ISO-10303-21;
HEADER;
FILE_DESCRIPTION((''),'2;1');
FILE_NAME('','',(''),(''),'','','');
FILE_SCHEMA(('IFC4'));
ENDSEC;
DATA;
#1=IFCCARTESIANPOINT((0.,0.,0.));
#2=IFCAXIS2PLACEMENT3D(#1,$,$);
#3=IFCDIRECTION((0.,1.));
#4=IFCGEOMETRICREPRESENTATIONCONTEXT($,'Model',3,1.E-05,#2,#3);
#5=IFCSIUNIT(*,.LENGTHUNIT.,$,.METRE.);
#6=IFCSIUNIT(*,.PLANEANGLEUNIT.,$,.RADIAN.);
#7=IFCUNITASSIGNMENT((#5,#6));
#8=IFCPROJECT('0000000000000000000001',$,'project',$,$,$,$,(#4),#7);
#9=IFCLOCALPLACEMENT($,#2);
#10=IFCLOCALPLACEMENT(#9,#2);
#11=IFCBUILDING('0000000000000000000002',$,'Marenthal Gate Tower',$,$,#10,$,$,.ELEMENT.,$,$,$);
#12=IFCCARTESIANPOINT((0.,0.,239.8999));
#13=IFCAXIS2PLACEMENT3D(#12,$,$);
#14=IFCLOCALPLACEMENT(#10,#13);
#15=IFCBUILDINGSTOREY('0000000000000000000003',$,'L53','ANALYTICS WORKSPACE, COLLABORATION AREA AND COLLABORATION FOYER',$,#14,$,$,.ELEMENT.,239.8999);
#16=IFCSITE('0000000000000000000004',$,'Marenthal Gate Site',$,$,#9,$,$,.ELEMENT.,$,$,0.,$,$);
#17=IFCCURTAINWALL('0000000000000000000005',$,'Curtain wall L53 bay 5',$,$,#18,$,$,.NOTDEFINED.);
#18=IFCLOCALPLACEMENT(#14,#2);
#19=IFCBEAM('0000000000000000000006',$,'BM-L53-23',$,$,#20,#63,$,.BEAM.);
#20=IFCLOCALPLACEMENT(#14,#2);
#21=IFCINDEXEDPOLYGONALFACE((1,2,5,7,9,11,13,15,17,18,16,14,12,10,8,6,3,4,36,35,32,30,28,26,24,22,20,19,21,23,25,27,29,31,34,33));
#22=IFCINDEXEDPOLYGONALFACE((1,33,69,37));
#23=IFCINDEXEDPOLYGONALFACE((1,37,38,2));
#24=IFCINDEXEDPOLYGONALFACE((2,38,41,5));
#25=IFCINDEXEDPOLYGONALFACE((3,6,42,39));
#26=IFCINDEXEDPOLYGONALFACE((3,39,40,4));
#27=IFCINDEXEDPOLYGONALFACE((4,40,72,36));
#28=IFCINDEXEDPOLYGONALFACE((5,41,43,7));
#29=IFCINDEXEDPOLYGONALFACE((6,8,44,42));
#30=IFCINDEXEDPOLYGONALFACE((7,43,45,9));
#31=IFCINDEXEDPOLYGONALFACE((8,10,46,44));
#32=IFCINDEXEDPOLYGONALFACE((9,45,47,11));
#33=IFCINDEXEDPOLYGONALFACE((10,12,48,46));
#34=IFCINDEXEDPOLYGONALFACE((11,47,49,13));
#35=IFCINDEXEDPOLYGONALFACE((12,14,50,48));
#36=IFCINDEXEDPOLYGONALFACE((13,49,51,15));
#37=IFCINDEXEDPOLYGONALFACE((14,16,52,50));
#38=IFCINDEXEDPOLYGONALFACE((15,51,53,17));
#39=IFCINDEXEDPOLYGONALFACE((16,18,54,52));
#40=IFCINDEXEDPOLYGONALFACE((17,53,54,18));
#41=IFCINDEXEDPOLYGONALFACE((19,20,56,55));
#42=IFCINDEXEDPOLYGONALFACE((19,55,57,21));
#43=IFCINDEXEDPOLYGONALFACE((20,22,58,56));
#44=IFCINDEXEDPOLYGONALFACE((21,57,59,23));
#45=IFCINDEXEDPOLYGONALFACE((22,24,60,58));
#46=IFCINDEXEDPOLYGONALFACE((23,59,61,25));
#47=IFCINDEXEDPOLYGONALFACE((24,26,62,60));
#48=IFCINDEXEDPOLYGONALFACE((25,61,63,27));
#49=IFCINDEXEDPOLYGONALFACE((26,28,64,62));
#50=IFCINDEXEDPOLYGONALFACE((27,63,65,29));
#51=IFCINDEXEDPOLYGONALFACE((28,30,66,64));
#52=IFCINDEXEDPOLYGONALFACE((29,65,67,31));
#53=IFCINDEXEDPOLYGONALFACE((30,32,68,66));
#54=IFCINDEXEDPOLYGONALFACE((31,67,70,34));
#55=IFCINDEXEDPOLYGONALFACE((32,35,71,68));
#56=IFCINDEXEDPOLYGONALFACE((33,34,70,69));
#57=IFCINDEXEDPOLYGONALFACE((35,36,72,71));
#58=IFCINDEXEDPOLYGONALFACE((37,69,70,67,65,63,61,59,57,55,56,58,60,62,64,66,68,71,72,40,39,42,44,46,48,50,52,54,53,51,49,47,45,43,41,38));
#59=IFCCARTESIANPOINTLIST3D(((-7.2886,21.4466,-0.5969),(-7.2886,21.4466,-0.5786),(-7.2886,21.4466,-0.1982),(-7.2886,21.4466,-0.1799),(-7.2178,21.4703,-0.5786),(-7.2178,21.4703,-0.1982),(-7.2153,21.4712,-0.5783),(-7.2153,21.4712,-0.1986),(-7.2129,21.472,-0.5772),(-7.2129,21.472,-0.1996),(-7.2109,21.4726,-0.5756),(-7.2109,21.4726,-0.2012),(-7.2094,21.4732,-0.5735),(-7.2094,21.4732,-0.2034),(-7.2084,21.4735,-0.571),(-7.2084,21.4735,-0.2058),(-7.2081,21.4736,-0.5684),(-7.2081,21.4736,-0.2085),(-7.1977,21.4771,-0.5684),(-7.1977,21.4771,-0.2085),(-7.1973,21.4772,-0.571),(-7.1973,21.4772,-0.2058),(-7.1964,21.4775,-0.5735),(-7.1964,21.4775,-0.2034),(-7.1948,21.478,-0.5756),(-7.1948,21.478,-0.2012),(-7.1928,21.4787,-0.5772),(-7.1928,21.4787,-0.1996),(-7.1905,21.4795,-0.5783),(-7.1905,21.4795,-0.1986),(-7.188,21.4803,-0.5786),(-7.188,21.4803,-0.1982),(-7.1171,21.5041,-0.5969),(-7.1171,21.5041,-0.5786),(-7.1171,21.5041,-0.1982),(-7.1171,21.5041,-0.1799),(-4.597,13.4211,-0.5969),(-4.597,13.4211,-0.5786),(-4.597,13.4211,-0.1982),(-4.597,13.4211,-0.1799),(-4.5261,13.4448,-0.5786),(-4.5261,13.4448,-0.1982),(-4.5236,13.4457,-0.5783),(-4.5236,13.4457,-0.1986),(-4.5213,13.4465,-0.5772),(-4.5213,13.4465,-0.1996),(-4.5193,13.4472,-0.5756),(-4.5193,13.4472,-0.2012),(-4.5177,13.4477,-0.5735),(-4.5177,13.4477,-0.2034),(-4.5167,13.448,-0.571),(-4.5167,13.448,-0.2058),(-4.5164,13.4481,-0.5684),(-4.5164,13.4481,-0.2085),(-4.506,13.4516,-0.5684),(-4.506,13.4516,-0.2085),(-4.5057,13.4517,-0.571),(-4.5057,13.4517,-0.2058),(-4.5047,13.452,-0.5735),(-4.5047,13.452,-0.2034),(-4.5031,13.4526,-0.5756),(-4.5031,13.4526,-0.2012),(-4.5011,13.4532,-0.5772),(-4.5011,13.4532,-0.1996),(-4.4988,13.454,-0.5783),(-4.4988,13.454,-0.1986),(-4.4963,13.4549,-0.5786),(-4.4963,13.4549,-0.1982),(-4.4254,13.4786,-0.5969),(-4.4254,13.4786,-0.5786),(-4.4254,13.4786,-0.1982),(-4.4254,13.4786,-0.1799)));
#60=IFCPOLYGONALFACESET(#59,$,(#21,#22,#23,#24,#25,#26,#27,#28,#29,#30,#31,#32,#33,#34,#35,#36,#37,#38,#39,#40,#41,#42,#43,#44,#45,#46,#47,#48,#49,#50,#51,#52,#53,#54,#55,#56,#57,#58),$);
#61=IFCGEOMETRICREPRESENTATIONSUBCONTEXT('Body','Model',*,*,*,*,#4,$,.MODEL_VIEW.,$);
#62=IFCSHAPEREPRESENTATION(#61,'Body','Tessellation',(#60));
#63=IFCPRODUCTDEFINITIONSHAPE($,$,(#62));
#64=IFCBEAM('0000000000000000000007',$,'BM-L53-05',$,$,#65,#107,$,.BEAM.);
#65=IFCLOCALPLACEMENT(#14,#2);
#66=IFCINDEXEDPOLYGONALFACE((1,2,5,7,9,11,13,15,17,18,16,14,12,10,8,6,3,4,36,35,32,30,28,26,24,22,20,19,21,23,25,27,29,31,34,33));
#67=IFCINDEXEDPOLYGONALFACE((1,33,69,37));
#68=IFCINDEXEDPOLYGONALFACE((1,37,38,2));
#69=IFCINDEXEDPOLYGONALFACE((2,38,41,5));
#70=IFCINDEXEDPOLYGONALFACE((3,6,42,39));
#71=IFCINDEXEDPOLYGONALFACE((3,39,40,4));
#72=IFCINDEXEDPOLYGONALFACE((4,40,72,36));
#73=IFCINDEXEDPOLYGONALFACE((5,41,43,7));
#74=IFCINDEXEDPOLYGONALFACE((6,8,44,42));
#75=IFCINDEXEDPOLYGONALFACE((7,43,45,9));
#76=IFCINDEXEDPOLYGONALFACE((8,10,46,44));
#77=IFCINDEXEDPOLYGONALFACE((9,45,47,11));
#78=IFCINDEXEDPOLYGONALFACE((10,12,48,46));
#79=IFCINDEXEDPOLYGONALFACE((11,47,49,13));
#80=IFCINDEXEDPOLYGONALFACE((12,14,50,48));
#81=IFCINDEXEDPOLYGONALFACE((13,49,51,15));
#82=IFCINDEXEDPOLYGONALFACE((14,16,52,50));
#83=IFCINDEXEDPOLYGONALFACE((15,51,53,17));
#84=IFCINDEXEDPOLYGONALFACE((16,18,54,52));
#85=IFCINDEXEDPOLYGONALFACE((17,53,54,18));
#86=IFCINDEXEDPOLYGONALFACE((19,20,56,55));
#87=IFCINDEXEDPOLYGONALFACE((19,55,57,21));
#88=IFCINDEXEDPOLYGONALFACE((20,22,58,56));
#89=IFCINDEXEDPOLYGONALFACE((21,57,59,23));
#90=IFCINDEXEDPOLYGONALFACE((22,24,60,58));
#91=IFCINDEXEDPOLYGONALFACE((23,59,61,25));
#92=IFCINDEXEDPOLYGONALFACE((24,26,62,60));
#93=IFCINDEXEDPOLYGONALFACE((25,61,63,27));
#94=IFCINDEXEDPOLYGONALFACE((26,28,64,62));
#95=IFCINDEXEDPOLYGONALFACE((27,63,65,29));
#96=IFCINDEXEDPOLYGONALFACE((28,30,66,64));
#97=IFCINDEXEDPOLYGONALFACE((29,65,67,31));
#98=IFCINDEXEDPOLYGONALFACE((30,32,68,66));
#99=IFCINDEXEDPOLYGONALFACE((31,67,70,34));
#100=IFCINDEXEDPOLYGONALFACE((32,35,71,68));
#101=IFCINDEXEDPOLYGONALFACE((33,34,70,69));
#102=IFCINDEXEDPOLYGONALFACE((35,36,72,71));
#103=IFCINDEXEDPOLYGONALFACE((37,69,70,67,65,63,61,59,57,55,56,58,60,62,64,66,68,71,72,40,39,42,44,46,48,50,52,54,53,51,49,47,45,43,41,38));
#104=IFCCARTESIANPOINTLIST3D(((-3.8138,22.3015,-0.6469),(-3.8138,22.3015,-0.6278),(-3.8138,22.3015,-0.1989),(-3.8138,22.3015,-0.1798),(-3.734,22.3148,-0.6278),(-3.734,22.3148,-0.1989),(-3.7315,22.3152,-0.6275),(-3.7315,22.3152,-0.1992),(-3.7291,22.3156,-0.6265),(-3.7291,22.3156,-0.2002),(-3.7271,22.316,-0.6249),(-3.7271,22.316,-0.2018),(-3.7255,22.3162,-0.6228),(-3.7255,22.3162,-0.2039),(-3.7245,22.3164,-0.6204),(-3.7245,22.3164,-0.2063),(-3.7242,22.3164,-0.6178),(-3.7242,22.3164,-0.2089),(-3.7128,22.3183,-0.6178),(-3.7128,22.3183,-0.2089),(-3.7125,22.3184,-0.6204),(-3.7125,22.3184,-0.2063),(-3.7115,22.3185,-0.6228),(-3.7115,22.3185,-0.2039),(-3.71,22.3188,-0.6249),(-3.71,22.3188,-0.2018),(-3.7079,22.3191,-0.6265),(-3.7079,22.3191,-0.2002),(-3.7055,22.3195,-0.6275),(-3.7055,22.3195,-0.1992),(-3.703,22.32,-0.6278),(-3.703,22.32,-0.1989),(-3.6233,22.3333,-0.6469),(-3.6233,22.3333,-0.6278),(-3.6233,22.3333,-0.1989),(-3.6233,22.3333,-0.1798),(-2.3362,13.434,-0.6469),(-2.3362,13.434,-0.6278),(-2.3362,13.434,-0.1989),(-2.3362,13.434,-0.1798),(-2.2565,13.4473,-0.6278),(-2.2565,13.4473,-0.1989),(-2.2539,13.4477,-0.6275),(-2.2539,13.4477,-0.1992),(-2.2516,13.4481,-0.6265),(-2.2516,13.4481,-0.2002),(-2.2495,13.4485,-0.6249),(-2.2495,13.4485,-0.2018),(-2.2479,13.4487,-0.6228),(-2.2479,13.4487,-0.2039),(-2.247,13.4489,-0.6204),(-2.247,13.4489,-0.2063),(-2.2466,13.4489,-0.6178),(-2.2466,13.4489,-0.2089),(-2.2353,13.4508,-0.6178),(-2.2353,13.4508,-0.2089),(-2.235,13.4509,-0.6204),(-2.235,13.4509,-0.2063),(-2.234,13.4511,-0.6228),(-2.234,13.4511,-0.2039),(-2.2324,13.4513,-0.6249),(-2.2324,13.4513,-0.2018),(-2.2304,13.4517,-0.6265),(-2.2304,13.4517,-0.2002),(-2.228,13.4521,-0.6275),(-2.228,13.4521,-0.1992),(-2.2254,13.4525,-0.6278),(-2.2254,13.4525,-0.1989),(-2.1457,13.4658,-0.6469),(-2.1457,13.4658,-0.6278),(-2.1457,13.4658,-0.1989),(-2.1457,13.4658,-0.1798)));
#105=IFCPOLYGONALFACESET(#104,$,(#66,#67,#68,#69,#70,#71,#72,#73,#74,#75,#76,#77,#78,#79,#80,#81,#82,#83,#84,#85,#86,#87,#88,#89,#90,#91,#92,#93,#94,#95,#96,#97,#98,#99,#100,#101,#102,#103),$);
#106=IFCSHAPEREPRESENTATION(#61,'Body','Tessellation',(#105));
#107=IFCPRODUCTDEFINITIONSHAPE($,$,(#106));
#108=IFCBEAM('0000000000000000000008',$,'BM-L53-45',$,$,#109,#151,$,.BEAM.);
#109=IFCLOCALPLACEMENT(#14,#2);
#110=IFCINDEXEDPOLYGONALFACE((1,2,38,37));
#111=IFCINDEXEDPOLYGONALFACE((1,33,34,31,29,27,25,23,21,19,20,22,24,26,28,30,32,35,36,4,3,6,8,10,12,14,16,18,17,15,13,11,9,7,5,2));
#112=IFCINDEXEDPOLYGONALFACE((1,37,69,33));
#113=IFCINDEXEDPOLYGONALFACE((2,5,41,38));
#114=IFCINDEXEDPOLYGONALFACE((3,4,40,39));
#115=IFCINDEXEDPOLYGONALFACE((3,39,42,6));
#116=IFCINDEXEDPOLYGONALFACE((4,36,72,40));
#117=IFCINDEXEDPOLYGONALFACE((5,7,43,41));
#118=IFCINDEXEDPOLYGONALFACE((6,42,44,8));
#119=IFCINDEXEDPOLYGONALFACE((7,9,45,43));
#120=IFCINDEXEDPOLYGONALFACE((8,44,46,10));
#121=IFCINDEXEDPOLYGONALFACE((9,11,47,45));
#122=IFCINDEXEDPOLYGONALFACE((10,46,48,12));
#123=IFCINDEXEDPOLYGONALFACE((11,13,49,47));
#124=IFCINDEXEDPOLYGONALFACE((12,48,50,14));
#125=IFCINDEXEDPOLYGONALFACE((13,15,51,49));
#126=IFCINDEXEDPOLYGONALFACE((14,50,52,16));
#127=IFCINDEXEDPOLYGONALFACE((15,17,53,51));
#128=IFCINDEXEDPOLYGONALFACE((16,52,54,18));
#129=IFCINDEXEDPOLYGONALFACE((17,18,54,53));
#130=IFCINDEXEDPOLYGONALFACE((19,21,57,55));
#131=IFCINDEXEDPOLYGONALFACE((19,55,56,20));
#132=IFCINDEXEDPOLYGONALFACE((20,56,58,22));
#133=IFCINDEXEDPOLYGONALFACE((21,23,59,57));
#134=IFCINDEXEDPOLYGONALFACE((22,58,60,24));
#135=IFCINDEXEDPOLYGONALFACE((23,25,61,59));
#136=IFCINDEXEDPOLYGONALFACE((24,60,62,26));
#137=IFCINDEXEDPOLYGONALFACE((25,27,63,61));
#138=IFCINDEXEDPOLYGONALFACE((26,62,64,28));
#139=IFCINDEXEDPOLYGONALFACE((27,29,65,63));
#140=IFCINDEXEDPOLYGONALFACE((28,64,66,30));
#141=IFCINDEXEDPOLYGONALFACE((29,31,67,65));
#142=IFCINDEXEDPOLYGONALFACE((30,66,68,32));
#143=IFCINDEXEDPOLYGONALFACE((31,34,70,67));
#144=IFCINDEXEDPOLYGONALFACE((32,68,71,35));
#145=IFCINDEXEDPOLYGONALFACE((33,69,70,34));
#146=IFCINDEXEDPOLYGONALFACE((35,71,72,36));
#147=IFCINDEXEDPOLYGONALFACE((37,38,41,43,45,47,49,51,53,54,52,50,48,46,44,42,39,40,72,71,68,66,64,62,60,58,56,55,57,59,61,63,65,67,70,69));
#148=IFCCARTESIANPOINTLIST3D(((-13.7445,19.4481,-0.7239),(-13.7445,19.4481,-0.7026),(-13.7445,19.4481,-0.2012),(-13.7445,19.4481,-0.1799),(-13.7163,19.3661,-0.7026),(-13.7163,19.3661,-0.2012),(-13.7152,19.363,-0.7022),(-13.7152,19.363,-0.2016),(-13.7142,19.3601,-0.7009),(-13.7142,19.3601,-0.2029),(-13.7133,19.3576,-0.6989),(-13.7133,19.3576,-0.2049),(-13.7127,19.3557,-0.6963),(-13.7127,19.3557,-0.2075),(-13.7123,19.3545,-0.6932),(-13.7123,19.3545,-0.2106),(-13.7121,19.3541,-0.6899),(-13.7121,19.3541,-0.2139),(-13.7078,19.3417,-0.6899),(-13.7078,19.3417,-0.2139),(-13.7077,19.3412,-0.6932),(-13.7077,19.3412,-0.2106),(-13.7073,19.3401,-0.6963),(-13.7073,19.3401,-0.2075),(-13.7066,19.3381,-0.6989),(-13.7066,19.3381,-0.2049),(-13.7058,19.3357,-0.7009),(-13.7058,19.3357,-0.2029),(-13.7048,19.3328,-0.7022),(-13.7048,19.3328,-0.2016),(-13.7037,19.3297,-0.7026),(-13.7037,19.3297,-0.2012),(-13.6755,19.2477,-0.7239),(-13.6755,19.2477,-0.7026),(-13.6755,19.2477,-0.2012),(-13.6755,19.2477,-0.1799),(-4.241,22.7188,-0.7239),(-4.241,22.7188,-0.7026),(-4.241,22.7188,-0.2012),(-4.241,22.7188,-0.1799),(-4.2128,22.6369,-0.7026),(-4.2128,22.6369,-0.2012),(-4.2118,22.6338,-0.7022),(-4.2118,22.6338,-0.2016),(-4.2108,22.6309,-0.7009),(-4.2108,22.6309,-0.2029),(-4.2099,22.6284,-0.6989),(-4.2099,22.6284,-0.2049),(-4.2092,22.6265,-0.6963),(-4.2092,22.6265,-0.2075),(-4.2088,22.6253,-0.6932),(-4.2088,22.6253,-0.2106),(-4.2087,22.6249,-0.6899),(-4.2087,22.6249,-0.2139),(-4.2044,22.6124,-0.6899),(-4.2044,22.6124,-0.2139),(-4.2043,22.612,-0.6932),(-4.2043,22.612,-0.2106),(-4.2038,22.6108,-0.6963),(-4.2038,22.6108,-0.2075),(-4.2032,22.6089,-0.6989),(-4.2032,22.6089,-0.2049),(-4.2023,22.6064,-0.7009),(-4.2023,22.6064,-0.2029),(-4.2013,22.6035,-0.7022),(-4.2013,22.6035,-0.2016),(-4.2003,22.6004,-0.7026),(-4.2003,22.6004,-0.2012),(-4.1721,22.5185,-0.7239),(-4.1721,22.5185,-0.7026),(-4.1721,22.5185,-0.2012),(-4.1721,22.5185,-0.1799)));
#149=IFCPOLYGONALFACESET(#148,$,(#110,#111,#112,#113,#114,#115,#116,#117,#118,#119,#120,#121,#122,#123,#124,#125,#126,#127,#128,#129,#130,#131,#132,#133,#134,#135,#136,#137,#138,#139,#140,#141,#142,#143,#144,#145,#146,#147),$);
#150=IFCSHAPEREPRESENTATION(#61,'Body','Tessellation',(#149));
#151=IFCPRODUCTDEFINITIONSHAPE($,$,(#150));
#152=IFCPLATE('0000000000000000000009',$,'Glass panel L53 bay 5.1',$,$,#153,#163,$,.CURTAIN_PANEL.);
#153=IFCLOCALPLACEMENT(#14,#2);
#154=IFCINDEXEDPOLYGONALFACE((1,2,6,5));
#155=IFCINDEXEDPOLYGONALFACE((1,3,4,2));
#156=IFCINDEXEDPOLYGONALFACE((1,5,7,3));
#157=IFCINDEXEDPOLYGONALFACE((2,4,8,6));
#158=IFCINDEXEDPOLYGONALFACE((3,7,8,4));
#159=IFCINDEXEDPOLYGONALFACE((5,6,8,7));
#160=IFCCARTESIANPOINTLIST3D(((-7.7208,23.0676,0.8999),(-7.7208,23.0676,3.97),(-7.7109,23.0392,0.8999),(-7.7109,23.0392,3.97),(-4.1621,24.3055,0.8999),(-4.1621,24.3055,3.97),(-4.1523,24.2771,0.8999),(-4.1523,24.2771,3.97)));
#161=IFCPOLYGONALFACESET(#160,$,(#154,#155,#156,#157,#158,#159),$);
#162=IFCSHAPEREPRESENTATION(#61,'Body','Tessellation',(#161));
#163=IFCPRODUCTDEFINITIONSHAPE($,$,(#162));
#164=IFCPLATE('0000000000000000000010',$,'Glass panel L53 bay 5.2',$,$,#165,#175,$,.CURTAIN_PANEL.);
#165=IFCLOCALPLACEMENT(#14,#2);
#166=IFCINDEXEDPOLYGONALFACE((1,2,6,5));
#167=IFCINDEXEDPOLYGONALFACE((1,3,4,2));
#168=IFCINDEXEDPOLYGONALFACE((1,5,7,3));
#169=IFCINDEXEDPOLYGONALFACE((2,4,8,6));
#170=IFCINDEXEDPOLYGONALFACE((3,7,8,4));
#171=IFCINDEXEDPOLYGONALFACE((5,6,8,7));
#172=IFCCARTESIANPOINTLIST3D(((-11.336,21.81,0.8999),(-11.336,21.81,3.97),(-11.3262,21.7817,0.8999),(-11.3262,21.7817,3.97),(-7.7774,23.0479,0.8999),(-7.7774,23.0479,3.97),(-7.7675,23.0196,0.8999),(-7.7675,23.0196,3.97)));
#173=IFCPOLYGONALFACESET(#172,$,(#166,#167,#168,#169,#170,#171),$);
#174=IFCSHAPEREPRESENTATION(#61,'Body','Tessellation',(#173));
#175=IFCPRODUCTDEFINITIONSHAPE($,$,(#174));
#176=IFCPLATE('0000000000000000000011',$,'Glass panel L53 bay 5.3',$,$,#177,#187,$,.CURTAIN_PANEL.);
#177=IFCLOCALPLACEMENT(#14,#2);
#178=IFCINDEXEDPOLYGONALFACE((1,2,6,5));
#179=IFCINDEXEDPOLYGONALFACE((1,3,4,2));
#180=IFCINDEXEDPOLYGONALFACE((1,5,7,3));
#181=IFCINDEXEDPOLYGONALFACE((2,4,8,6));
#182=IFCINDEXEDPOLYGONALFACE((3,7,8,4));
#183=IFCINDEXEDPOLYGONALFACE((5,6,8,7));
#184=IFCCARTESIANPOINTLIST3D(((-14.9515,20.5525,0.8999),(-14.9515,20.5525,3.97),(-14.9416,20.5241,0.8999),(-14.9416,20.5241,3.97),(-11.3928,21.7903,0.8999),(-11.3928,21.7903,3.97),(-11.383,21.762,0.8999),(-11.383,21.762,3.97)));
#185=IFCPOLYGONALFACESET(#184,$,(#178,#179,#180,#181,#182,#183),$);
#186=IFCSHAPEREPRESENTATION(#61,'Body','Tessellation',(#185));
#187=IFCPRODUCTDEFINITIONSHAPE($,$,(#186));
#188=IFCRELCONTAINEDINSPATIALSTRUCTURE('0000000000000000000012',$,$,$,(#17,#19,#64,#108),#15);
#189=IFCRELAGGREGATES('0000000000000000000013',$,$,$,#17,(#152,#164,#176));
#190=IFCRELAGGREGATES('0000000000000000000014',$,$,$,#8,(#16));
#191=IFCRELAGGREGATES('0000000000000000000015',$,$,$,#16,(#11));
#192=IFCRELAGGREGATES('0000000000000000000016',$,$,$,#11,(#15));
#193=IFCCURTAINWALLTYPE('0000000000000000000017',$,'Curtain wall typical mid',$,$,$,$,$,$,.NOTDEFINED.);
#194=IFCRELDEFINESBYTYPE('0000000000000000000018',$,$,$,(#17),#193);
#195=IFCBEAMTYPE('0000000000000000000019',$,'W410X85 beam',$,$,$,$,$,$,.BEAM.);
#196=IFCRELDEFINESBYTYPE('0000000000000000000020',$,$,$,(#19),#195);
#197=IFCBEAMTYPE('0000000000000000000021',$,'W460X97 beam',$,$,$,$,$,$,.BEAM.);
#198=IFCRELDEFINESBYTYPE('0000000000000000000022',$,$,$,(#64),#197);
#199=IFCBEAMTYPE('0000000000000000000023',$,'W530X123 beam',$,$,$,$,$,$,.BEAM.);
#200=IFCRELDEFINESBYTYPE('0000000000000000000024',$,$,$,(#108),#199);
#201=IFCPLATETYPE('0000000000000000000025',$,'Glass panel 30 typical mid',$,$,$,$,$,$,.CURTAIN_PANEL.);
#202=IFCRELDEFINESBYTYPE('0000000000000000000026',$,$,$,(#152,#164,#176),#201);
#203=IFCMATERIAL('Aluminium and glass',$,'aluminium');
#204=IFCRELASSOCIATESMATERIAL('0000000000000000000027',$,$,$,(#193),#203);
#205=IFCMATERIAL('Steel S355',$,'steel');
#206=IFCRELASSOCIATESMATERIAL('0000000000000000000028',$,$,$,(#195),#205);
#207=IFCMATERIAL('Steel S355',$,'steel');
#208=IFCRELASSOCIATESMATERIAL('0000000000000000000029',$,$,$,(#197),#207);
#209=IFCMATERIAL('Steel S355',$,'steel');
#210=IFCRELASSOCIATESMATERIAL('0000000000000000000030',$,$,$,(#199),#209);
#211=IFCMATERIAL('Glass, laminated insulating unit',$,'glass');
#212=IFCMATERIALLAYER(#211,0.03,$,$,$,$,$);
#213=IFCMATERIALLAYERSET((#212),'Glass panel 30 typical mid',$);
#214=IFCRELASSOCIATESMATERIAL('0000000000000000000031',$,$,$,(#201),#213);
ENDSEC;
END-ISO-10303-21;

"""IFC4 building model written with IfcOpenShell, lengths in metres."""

from ifc_helpers import new_model, si_unit, direction, frame, origin, origin_2d, place, context, subcontext, project, spatial, rectangle, i_section, extrude, material, layer, layer_set, material_profile, profile_set, type_object, element, aggregate, save


model = new_model("IFC4")

# Units and contexts
model_context = context("Model", 3, precision=1e-05, world=origin(), true_north=direction((0.0, 1.0)))
body_context = subcontext(model_context, "Body", "Model", "MODEL_VIEW")
ifc_project = project(units=[si_unit("LENGTHUNIT", "METRE"), si_unit("PLANEANGLEUNIT", "RADIAN")], contexts=[model_context])

# Site, building, storey
site_placement = place(None, origin())
site = spatial("IfcSite", under=ifc_project, at=site_placement, Name="Marenthal Gate Site", CompositionType="ELEMENT", RefElevation=0.0)
building_placement = place(site_placement, origin())
building = spatial("IfcBuilding", under=site, at=building_placement, Name="Marenthal Gate Tower", CompositionType="ELEMENT")
storey_placement = place(building_placement, frame((0.0, 0.0, 239.8999)))
storey = spatial("IfcBuildingStorey", under=building, at=storey_placement, Name="L53", Description="ANALYTICS WORKSPACE, COLLABORATION AREA AND COLLABORATION FOYER", CompositionType="ELEMENT", Elevation=239.8999)

# Curtain wall
ifc_material_1 = material(Name="Aluminium and glass", Category="aluminium")
curtain_wall_type = type_object("IfcCurtainWallType", Name="Curtain wall typical mid", PredefinedType="NOTDEFINED", material=ifc_material_1)
curtain_wall_placement = place(storey_placement, origin())
curtain_wall = element("IfcCurtainWall", 1, at=curtain_wall_placement, inside=storey, type_object=curtain_wall_type, Name="Curtain wall L53 bay 5", PredefinedType="NOTDEFINED")

# Beams
ifc_material_2 = material(Name="Steel S355", Category="steel")
ifc_material_profile_1 = material_profile(ifc_material_2, i_section(OverallWidth=0.1809, OverallDepth=0.417, WebThickness=0.011, FlangeThickness=0.0183, FilletRadius=0.0103, at=origin_2d()), Name="W410X85")
ifc_profile_set_1 = profile_set([ifc_material_profile_1], Name="Steel S355")
beam_type_1 = type_object("IfcBeamType", Name="W410X85 beam", PredefinedType="BEAM", material=ifc_profile_set_1)
beam_1_placement = place(storey_placement, frame((-7.2029, 21.4753, -0.3884), z_axis=(0.317984, -0.948096, 0.0), x_axis=(0.948096, 0.317984, 0.0)))
element("IfcBeam", 2, at=beam_1_placement, inside=storey, type_object=beam_type_1, Name="BM-L53-23", PredefinedType="BEAM", context=body_context, shape_type="SweptSolid", body=[
    extrude(i_section(OverallWidth=0.1809, OverallDepth=0.417, WebThickness=0.011, FlangeThickness=0.0183, FilletRadius=0.0103, at=origin_2d()), origin(), (0.0, 0.0, 1.0), 8.4648),
])
ifc_material_3 = material(Name="Steel S355", Category="steel")
ifc_material_profile_2 = material_profile(ifc_material_3, i_section(OverallWidth=0.1931, OverallDepth=0.467, WebThickness=0.0115, FlangeThickness=0.019, FilletRadius=0.01, at=origin_2d()), Name="W460X97")
ifc_profile_set_2 = profile_set([ifc_material_profile_2], Name="Steel S355")
beam_type_2 = type_object("IfcBeamType", Name="W460X97 beam", PredefinedType="BEAM", material=ifc_profile_set_2)
beam_2_placement = place(storey_placement, frame((-3.7185, 22.3174, -0.4133), z_axis=(0.164359, -0.986401, 0.0), x_axis=(0.986401, 0.164359, 0.0)))
element("IfcBeam", 3, at=beam_2_placement, inside=storey, type_object=beam_type_2, Name="BM-L53-05", PredefinedType="BEAM", context=body_context, shape_type="SweptSolid", body=[
    extrude(i_section(OverallWidth=0.1931, OverallDepth=0.467, WebThickness=0.0115, FlangeThickness=0.019, FilletRadius=0.01, at=origin_2d()), origin(), (0.0, 0.0, 1.0), 8.9897),
])
ifc_material_4 = material(Name="Steel S355", Category="steel")
ifc_material_profile_3 = material_profile(ifc_material_4, i_section(OverallWidth=0.2119, OverallDepth=0.5439, WebThickness=0.0132, FlangeThickness=0.0212, FilletRadius=0.0127, at=origin_2d()), Name="W530X123")
ifc_profile_set_3 = profile_set([ifc_material_profile_3], Name="Steel S355")
beam_type_3 = type_object("IfcBeamType", Name="W530X123 beam", PredefinedType="BEAM", material=ifc_profile_set_3)
beam_3_placement = place(storey_placement, frame((-4.2065, 22.6187, -0.4519), z_axis=(-0.945566, -0.325431, 0.0), x_axis=(0.325431, -0.945566, 0.0)))
element("IfcBeam", 4, at=beam_3_placement, inside=storey, type_object=beam_type_3, Name="BM-L53-45", PredefinedType="BEAM", context=body_context, shape_type="SweptSolid", body=[
    extrude(i_section(OverallWidth=0.2119, OverallDepth=0.5439, WebThickness=0.0132, FlangeThickness=0.0212, FilletRadius=0.0127, at=origin_2d()), origin(), (0.0, 0.0, 1.0), 10.0505),
])

# Plates
ifc_material_5 = material(Name="Glass, laminated insulating unit", Category="glass")
ifc_layer_1 = layer(ifc_material_5, 0.03)
ifc_layer_set_1 = layer_set([ifc_layer_1], Name="Glass panel 30 typical mid")
plate_type = type_object("IfcPlateType", Name="Glass panel 30 typical mid", PredefinedType="CURTAIN_PANEL", material=ifc_layer_set_1)
plate_1_placement = place(storey_placement, frame((-5.9365, 23.6724, 0.8999), z_axis=(0.0, 0.0, 1.0), x_axis=(-0.94449, -0.32854, 0.0)))
plate_1 = element("IfcPlate", 5, at=plate_1_placement, type_object=plate_type, Name="Glass panel L53 bay 5.1", PredefinedType="CURTAIN_PANEL", context=body_context, shape_type="SweptSolid", body=[
    extrude(rectangle(XDim=3.7678, YDim=0.03, at=origin_2d()), origin(), (0.0, 0.0, 1.0), 3.0701),
])
plate_2_placement = place(storey_placement, frame((-9.5518, 22.4148, 0.8999), z_axis=(0.0, 0.0, 1.0), x_axis=(-0.94449, -0.32854, 0.0)))
plate_2 = element("IfcPlate", 6, at=plate_2_placement, type_object=plate_type, Name="Glass panel L53 bay 5.2", PredefinedType="CURTAIN_PANEL", context=body_context, shape_type="SweptSolid", body=[
    extrude(rectangle(XDim=3.7678, YDim=0.03, at=origin_2d()), origin(), (0.0, 0.0, 1.0), 3.0701),
])
plate_3_placement = place(storey_placement, frame((-13.1672, 21.1572, 0.8999), z_axis=(0.0, 0.0, 1.0), x_axis=(-0.94449, -0.32854, 0.0)))
plate_3 = element("IfcPlate", 7, at=plate_3_placement, type_object=plate_type, Name="Glass panel L53 bay 5.3", PredefinedType="CURTAIN_PANEL", context=body_context, shape_type="SweptSolid", body=[
    extrude(rectangle(XDim=3.7678, YDim=0.03, at=origin_2d()), origin(), (0.0, 0.0, 1.0), 3.0701),
])
aggregate(curtain_wall, [plate_1, plate_2, plate_3])

save(model, "model.ifc")
